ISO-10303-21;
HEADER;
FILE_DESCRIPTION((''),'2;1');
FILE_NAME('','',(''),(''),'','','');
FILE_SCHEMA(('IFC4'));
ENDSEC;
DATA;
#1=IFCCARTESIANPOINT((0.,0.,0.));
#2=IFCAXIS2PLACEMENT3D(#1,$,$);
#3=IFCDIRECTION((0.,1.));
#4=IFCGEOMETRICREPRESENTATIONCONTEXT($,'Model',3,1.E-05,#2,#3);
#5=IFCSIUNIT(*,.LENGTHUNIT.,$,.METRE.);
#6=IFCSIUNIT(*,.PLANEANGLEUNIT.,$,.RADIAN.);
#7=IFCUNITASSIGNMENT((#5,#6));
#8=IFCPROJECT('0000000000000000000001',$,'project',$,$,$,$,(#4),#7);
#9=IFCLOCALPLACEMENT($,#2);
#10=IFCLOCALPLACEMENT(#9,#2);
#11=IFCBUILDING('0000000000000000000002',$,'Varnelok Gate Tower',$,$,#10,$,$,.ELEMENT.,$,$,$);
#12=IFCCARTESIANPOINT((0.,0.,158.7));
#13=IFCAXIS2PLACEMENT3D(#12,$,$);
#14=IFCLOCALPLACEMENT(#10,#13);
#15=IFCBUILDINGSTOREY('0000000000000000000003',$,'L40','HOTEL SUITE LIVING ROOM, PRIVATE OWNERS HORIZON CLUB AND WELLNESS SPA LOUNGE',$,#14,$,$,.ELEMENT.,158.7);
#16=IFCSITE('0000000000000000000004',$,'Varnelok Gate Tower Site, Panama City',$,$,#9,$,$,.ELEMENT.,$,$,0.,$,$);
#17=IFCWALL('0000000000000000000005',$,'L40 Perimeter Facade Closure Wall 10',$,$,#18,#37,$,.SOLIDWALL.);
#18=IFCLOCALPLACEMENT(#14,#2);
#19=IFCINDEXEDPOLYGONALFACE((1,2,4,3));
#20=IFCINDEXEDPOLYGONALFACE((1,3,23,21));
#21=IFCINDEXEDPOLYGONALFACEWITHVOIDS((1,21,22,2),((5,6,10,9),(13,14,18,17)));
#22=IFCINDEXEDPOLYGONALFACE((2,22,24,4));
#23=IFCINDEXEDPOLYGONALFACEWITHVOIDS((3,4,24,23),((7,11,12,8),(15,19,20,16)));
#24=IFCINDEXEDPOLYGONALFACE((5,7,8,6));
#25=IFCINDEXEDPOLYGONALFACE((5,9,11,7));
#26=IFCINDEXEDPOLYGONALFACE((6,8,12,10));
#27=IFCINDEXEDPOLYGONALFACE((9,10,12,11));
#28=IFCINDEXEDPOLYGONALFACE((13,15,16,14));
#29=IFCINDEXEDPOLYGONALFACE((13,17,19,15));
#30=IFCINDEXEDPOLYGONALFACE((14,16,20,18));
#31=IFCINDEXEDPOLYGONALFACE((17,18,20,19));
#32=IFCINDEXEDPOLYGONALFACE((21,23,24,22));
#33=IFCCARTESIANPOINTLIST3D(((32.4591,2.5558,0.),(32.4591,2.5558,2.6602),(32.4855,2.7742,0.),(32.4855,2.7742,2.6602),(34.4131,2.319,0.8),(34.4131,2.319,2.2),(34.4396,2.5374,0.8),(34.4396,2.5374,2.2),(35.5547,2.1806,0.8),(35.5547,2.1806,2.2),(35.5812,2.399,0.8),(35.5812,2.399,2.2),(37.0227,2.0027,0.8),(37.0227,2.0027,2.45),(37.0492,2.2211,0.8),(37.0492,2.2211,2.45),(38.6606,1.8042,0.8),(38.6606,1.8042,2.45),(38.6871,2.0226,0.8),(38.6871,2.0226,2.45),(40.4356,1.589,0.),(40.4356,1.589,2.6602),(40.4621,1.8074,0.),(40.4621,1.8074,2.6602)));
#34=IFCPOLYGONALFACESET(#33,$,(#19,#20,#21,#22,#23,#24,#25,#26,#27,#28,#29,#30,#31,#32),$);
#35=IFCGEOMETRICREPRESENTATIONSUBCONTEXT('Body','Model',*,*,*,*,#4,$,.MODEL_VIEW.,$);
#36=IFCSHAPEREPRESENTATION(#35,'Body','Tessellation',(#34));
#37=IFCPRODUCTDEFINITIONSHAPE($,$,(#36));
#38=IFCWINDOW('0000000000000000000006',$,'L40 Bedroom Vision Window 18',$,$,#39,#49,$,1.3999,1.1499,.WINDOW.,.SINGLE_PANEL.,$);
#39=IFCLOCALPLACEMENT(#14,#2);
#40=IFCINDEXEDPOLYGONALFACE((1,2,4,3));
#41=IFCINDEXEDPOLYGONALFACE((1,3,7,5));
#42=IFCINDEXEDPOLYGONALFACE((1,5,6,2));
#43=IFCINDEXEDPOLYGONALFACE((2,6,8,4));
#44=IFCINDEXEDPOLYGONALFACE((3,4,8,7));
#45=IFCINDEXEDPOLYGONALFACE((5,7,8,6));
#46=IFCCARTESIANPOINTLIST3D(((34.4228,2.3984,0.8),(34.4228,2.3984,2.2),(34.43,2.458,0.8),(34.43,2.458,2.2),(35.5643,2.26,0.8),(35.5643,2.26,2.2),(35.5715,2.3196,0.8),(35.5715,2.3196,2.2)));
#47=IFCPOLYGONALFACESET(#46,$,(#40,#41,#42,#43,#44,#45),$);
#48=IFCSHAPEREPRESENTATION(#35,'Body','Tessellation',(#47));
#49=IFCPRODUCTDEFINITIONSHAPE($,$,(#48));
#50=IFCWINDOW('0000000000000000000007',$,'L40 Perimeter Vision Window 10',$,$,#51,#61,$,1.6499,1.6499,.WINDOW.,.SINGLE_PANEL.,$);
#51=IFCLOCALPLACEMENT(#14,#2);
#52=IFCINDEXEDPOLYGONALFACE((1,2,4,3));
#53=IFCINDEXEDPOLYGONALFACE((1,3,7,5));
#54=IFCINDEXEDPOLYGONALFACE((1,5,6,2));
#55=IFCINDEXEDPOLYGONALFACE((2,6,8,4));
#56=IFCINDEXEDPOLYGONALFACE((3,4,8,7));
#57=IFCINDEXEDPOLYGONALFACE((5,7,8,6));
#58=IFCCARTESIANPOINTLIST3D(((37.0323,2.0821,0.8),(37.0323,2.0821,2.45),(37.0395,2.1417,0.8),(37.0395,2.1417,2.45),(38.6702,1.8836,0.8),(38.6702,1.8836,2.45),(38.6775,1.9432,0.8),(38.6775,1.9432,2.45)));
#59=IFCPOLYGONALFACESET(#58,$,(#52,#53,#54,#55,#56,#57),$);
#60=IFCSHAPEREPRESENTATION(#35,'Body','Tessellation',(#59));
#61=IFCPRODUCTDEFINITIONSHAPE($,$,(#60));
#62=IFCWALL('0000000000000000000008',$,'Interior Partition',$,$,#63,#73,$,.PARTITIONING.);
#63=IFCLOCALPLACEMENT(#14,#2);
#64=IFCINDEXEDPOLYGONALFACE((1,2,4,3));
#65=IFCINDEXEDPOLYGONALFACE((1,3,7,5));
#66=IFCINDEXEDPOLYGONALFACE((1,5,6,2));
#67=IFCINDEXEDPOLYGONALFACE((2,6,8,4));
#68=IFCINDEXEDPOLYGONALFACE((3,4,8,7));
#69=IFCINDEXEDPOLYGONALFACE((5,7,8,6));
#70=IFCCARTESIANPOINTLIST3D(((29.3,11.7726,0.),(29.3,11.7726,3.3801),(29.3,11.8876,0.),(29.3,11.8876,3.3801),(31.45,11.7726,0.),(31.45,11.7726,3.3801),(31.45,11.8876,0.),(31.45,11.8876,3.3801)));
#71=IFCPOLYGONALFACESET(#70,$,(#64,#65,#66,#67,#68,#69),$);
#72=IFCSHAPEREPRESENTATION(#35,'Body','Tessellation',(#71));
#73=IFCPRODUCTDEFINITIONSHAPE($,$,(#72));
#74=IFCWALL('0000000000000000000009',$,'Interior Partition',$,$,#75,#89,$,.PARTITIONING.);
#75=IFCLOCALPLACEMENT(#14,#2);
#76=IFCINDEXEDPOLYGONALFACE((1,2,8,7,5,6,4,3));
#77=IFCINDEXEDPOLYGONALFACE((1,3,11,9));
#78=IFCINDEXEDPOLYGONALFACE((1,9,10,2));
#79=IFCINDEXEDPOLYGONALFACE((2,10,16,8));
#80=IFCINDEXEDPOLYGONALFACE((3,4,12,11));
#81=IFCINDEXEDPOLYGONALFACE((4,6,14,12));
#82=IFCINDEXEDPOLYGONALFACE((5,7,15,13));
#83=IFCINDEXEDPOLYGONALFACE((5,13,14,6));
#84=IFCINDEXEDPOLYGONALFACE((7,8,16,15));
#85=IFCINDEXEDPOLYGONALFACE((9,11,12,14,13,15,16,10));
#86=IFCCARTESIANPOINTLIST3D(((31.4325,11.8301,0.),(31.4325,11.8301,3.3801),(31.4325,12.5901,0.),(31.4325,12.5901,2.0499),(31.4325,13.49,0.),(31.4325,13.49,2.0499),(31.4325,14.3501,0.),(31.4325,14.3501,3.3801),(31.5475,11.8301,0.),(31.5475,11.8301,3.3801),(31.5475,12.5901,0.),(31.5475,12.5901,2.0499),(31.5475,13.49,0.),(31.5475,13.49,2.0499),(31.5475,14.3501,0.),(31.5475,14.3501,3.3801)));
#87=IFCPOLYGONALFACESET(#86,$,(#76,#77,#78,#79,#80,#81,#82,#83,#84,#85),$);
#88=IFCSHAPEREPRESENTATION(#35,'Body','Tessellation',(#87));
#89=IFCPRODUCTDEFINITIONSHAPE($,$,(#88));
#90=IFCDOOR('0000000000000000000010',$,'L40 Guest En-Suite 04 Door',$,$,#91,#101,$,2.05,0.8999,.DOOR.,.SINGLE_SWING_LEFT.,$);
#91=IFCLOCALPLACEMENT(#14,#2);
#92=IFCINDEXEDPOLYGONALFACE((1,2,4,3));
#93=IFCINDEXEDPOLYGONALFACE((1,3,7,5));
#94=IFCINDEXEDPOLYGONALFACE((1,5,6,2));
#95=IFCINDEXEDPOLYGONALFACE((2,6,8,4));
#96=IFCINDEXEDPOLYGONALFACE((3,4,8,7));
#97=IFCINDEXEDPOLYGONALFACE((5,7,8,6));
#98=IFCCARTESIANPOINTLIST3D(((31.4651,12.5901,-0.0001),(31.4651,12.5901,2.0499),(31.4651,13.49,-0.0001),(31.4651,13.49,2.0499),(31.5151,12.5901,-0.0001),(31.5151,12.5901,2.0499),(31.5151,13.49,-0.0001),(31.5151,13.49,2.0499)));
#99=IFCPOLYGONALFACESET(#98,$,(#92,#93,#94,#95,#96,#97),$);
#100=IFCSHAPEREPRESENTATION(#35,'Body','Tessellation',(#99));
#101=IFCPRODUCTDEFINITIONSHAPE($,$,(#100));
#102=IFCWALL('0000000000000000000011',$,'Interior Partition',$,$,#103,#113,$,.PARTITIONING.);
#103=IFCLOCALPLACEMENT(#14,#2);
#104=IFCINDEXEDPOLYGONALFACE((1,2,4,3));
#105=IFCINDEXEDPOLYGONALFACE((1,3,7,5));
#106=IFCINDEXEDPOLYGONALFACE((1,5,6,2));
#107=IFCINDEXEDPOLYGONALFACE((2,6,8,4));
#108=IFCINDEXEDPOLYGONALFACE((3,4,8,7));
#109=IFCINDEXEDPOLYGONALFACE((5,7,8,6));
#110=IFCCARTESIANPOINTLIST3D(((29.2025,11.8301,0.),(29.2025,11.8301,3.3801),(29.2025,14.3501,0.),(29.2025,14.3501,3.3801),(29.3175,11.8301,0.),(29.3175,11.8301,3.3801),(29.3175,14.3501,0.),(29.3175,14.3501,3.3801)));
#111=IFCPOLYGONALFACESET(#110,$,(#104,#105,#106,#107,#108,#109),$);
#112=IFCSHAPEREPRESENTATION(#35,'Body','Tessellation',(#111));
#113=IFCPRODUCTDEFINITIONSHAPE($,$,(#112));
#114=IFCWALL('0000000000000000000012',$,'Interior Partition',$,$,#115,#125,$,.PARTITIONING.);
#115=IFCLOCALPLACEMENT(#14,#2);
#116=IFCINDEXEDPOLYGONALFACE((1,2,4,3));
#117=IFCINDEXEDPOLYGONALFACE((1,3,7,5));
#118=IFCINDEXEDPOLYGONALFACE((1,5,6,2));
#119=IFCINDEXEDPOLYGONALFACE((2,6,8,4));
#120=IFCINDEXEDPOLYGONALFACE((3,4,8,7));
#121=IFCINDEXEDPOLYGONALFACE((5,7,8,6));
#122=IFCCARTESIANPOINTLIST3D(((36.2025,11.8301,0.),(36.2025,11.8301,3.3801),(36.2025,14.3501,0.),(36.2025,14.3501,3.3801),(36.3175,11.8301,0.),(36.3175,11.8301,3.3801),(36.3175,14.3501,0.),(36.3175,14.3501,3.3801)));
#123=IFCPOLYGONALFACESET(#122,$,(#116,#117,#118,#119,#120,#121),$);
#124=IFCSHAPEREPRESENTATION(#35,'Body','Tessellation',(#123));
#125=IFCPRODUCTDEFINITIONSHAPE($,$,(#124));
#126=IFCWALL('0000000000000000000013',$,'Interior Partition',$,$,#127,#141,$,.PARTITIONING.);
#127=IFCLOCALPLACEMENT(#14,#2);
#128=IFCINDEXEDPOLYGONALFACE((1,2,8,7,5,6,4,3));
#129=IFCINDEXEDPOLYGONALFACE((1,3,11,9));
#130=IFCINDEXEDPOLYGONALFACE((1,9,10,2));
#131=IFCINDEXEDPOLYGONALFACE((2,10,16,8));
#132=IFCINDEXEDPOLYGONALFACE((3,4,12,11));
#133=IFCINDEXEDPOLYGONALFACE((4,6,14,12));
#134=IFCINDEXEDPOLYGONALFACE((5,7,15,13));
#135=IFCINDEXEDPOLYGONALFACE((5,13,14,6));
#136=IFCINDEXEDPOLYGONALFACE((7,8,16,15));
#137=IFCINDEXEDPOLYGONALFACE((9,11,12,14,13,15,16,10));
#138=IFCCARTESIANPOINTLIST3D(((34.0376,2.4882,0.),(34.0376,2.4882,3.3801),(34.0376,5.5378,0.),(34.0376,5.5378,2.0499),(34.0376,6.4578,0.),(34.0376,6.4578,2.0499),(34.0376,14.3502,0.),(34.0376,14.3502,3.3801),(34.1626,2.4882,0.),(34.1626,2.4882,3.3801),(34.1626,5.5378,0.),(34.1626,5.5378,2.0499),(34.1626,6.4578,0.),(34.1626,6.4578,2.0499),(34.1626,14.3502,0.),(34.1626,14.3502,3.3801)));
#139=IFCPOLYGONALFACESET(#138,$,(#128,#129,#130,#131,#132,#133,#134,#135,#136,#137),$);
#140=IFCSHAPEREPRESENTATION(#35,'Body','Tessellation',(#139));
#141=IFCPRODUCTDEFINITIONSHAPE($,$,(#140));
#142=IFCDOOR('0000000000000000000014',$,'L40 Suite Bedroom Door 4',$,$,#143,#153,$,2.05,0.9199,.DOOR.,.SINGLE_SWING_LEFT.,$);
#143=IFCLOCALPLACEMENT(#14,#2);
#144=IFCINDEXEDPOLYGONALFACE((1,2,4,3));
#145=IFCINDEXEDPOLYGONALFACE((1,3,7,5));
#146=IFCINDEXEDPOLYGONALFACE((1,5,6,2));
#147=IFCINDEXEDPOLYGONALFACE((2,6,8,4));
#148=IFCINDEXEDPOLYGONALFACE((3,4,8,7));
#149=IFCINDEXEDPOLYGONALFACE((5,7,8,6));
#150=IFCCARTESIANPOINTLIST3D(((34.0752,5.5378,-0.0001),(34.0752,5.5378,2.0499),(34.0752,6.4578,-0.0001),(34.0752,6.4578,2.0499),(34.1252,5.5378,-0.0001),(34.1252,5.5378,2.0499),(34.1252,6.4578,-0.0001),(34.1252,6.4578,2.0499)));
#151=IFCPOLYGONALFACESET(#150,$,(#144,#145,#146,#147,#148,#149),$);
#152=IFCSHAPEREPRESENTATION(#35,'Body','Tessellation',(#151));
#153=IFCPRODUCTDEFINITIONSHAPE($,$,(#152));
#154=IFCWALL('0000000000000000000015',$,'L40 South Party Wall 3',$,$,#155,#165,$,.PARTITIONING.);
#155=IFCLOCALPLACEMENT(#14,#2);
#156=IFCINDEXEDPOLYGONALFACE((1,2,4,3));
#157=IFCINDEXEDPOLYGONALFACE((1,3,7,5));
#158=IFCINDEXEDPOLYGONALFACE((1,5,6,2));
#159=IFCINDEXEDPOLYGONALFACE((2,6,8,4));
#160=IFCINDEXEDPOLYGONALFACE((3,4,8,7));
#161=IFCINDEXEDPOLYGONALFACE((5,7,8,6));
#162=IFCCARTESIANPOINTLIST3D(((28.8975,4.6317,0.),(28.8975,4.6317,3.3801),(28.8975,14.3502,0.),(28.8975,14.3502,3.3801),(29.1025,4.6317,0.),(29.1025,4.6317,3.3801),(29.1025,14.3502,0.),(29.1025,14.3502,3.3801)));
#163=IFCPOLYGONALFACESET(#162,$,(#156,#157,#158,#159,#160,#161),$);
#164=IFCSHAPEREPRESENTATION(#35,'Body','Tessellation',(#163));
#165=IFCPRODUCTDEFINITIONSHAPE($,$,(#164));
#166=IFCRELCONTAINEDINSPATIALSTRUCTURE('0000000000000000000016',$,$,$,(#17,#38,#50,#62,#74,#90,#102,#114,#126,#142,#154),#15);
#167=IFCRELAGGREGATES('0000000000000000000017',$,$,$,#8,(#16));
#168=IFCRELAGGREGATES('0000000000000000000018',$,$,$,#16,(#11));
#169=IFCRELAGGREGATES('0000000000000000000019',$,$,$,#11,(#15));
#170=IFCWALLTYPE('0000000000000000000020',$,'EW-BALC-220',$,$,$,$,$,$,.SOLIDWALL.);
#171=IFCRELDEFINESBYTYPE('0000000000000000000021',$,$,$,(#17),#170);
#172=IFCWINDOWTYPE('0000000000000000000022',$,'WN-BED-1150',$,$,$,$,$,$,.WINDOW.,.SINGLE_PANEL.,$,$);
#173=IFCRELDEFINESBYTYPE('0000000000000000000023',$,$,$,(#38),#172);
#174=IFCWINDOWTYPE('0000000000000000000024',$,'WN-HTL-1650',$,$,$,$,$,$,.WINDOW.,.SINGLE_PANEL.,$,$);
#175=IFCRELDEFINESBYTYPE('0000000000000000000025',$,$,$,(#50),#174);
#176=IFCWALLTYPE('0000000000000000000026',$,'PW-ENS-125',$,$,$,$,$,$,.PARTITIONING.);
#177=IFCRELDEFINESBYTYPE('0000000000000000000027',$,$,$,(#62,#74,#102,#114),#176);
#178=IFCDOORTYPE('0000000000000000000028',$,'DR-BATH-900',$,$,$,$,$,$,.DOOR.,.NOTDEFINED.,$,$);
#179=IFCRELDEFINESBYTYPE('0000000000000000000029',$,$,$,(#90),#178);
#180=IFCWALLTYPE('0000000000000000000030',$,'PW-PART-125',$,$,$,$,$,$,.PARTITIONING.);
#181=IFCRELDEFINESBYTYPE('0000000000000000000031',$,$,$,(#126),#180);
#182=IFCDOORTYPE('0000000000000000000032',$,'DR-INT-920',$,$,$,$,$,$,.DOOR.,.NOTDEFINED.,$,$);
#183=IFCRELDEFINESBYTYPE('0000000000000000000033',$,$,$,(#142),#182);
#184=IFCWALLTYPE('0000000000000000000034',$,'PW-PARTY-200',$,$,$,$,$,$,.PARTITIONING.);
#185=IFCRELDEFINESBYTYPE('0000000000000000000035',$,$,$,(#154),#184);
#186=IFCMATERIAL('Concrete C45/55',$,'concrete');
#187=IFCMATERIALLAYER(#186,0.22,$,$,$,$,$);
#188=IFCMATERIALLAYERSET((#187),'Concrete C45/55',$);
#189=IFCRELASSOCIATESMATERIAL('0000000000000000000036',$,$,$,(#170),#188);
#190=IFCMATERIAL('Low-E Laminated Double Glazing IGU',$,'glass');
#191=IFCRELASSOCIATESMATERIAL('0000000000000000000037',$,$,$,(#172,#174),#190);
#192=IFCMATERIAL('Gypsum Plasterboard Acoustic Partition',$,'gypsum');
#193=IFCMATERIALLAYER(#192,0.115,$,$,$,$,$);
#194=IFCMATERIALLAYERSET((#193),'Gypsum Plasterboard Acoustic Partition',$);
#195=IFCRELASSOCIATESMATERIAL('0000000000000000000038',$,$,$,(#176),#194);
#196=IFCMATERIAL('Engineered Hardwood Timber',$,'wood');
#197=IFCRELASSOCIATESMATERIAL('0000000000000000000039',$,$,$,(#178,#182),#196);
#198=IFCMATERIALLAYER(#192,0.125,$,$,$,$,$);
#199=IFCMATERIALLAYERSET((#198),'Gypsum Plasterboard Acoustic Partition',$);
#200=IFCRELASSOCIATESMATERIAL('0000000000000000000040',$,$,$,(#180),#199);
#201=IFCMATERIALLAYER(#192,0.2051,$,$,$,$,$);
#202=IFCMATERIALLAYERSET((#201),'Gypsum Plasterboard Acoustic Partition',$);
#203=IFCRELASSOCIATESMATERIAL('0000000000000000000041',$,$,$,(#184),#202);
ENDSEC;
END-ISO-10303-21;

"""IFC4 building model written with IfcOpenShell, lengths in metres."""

from ifc_helpers import new_model, si_unit, direction, frame, frame_2d, origin, place, context, subcontext, project, spatial, rectangle, extrude, material, layer, layer_set, type_object, element, fill, save


model = new_model("IFC4")

# Units and contexts
model_context = context("Model", 3, precision=1e-05, world=origin(), true_north=direction((0.0, 1.0)))
body_context = subcontext(model_context, "Body", "Model", "MODEL_VIEW")
ifc_project = project(units=[si_unit("LENGTHUNIT", "METRE"), si_unit("PLANEANGLEUNIT", "RADIAN")], contexts=[model_context])

# Site, building, storey
site_placement = place(None, origin())
site = spatial("IfcSite", under=ifc_project, at=site_placement, Name="Varnelok Gate Tower Site, Panama City", CompositionType="ELEMENT", RefElevation=0.0)
building_placement = place(site_placement, origin())
building = spatial("IfcBuilding", under=site, at=building_placement, Name="Varnelok Gate Tower", CompositionType="ELEMENT")
storey_placement = place(building_placement, frame((0.0, 0.0, 158.7)))
storey = spatial("IfcBuildingStorey", under=building, at=storey_placement, Name="L40", Description="HOTEL SUITE LIVING ROOM, PRIVATE OWNERS HORIZON CLUB AND WELLNESS SPA LOUNGE", CompositionType="ELEMENT", Elevation=158.7)

# Shared definitions
ifc_material_1 = material(Name="Concrete C45/55", Category="concrete")
ifc_layer_1 = layer(ifc_material_1, 0.22)
ifc_layer_set_1 = layer_set([ifc_layer_1], Name="Concrete C45/55")
wall_type_1 = type_object("IfcWallType", Name="EW-BALC-220", PredefinedType="SOLIDWALL", material=ifc_layer_set_1)

# Wall, openings, windows
wall_1_placement = place(storey_placement, frame((32.4722, 2.665, 0.0), z_axis=(0.0, 0.0, 1.0), x_axis=(0.992735, -0.120324, 0.0)))
wall_1 = element("IfcWall", 1, at=wall_1_placement, inside=storey, type_object=wall_type_1, Name="L40 Perimeter Facade Closure Wall 10", PredefinedType="SOLIDWALL", context=body_context, shape_type="SweptSolid", body=[
    extrude(rectangle(XDim=8.0349, YDim=0.22, at=frame_2d((4.0176, 0.0))), origin(), (0.0, 0.0, 1.0), 2.6602),
])
opening_1_placement = place(wall_1_placement, frame((4.5972, 0.0, 0.8)))
opening_1 = element("IfcOpeningElement", 2, at=opening_1_placement, cuts=wall_1, PredefinedType="OPENING", context=body_context, shape_type="SweptSolid", body=[
    extrude(rectangle(XDim=1.6499, YDim=1.6499, at=frame_2d((0.825, 0.825))), frame((0.0, 0.1199, 0.0), z_axis=(0.0, -1.0, 0.0), x_axis=(1.0, 0.0, 0.0)), (0.0, 0.0, 1.0), 0.24),
])
opening_2_placement = place(wall_1_placement, frame((1.9685, 0.0, 0.8)))
opening_2 = element("IfcOpeningElement", 3, at=opening_2_placement, cuts=wall_1, PredefinedType="OPENING", context=body_context, shape_type="SweptSolid", body=[
    extrude(rectangle(XDim=1.1499, YDim=1.3999, at=frame_2d((0.575, 0.7))), frame((0.0, 0.1199, 0.0), z_axis=(0.0, -1.0, 0.0), x_axis=(1.0, 0.0, 0.0)), (0.0, 0.0, 1.0), 0.24),
])
ifc_material_2 = material(Name="Low-E Laminated Double Glazing IGU", Category="glass")
window_type_1 = type_object("IfcWindowType", Name="WN-BED-1150", PartitioningType="SINGLE_PANEL", PredefinedType="WINDOW", material=ifc_material_2)
window_1_placement = place(opening_2_placement, origin())
window_1 = element("IfcWindow", 4, at=window_1_placement, inside=storey, type_object=window_type_1, Name="L40 Bedroom Vision Window 18", OverallHeight=1.3999, OverallWidth=1.1499, PartitioningType="SINGLE_PANEL", PredefinedType="WINDOW", context=body_context, shape_type="SweptSolid", body=[
    extrude(rectangle(XDim=1.1499, YDim=1.3999, at=frame_2d((0.575, 0.7))), frame((0.0, 0.03, 0.0), z_axis=(0.0, -1.0, 0.0), x_axis=(1.0, 0.0, 0.0)), (0.0, 0.0, 1.0), 0.0601),
])
fill(opening_2, window_1)
window_type_2 = type_object("IfcWindowType", Name="WN-HTL-1650", PartitioningType="SINGLE_PANEL", PredefinedType="WINDOW", material=ifc_material_2)
window_2_placement = place(opening_1_placement, origin())
window_2 = element("IfcWindow", 5, at=window_2_placement, inside=storey, type_object=window_type_2, Name="L40 Perimeter Vision Window 10", OverallHeight=1.6499, OverallWidth=1.6499, PartitioningType="SINGLE_PANEL", PredefinedType="WINDOW", context=body_context, shape_type="SweptSolid", body=[
    extrude(rectangle(XDim=1.6499, YDim=1.6499, at=frame_2d((0.825, 0.825))), frame((0.0, 0.03, 0.0), z_axis=(0.0, -1.0, 0.0), x_axis=(1.0, 0.0, 0.0)), (0.0, 0.0, 1.0), 0.0601),
])
fill(opening_1, window_2)

# Wall
ifc_material_3 = material(Name="Gypsum Plasterboard Acoustic Partition", Category="gypsum")
ifc_layer_2 = layer(ifc_material_3, 0.115)
ifc_layer_set_2 = layer_set([ifc_layer_2], Name="Gypsum Plasterboard Acoustic Partition")
wall_type_2 = type_object("IfcWallType", Name="PW-ENS-125", PredefinedType="PARTITIONING", material=ifc_layer_set_2)
wall_2_placement = place(storey_placement, frame((29.3, 11.8301, 0.0), z_axis=(0.0, 0.0, 1.0), x_axis=(1.0, 0.0, 0.0)))
element("IfcWall", 6, at=wall_2_placement, inside=storey, type_object=wall_type_2, Name="Interior Partition", PredefinedType="PARTITIONING", context=body_context, shape_type="SweptSolid", body=[
    extrude(rectangle(XDim=2.1499, YDim=0.115, at=frame_2d((1.075, 0.0))), origin(), (0.0, 0.0, 1.0), 3.3801),
])

# Wall, opening, door
wall_3_placement = place(storey_placement, frame((31.49, 11.8301, 0.0), z_axis=(0.0, 0.0, 1.0), x_axis=(0.0, 1.0, 0.0)))
wall_3 = element("IfcWall", 7, at=wall_3_placement, inside=storey, type_object=wall_type_2, Name="Interior Partition", PredefinedType="PARTITIONING", context=body_context, shape_type="SweptSolid", body=[
    extrude(rectangle(XDim=2.52, YDim=0.115, at=frame_2d((1.26, 0.0))), origin(), (0.0, 0.0, 1.0), 3.3801),
])
opening_3_placement = place(wall_3_placement, frame((0.76, 0.0, 0.0)))
opening_3 = element("IfcOpeningElement", 8, at=opening_3_placement, cuts=wall_3, PredefinedType="OPENING", context=body_context, shape_type="SweptSolid", body=[
    extrude(rectangle(XDim=0.8999, YDim=2.05, at=frame_2d((0.45, 1.0249))), frame((0.0, 0.0674, 0.0), z_axis=(0.0, -1.0, 0.0), x_axis=(1.0, 0.0, 0.0)), (0.0, 0.0, 1.0), 0.135),
])
ifc_material_4 = material(Name="Engineered Hardwood Timber", Category="wood")
door_type_1 = type_object("IfcDoorType", Name="DR-BATH-900", OperationType="NOTDEFINED", PredefinedType="DOOR", material=ifc_material_4)
door_1_placement = place(opening_3_placement, origin())
door_1 = element("IfcDoor", 9, at=door_1_placement, inside=storey, type_object=door_type_1, Name="L40 Guest En-Suite 04 Door", OperationType="SINGLE_SWING_LEFT", OverallHeight=2.05, OverallWidth=0.8999, PredefinedType="DOOR", context=body_context, shape_type="SweptSolid", body=[
    extrude(rectangle(XDim=0.8999, YDim=2.05, at=frame_2d((0.45, 1.0249))), frame((0.0, 0.0249, 0.0), z_axis=(0.0, -1.0, 0.0), x_axis=(1.0, 0.0, 0.0)), (0.0, 0.0, 1.0), 0.05),
])
fill(opening_3, door_1)

# Walls
for number, where, z_axis, x_axis, name in (
    (10, (29.26, 11.8301, 0.0), (0.0, 0.0, 1.0), (0.0, 1.0, 0.0), "Interior Partition"),
    (11, (36.26, 11.8301, 0.0), (0.0, 0.0, 1.0), (0.0, 1.0, 0.0), "Interior Partition"),
):
    element("IfcWall", number, at=place(storey_placement, frame(where, z_axis=z_axis, x_axis=x_axis)), inside=storey, type_object=wall_type_2, Name=name, PredefinedType="PARTITIONING", context=body_context, shape_type="SweptSolid", body=[
        extrude(rectangle(XDim=2.52, YDim=0.115, at=frame_2d((1.26, 0.0))), origin(), (0.0, 0.0, 1.0), 3.3801),
    ])

# Wall, opening, door
ifc_layer_3 = layer(ifc_material_3, 0.125)
ifc_layer_set_3 = layer_set([ifc_layer_3], Name="Gypsum Plasterboard Acoustic Partition")
wall_type_3 = type_object("IfcWallType", Name="PW-PART-125", PredefinedType="PARTITIONING", material=ifc_layer_set_3)
wall_4_placement = place(storey_placement, frame((34.1001, 2.488, 0.0), z_axis=(0.0, 0.0, 1.0), x_axis=(0.0, 1.0, 0.0)))
wall_4 = element("IfcWall", 12, at=wall_4_placement, inside=storey, type_object=wall_type_3, Name="Interior Partition", PredefinedType="PARTITIONING", context=body_context, shape_type="SweptSolid", body=[
    extrude(rectangle(XDim=11.8621, YDim=0.125, at=frame_2d((5.9312, 0.0))), origin(), (0.0, 0.0, 1.0), 3.3801),
])
opening_4_placement = place(wall_4_placement, frame((3.0498, 0.0, 0.0)))
opening_4 = element("IfcOpeningElement", 13, at=opening_4_placement, cuts=wall_4, PredefinedType="OPENING", context=body_context, shape_type="SweptSolid", body=[
    extrude(rectangle(XDim=0.9199, YDim=2.05, at=frame_2d((0.46, 1.0249))), frame((0.0, 0.0725, 0.0), z_axis=(0.0, -1.0, 0.0), x_axis=(1.0, 0.0, 0.0)), (0.0, 0.0, 1.0), 0.145),
])
door_type_2 = type_object("IfcDoorType", Name="DR-INT-920", OperationType="NOTDEFINED", PredefinedType="DOOR", material=ifc_material_4)
door_2_placement = place(opening_4_placement, origin())
door_2 = element("IfcDoor", 14, at=door_2_placement, inside=storey, type_object=door_type_2, Name="L40 Suite Bedroom Door 4", OperationType="SINGLE_SWING_LEFT", OverallHeight=2.05, OverallWidth=0.9199, PredefinedType="DOOR", context=body_context, shape_type="SweptSolid", body=[
    extrude(rectangle(XDim=0.9199, YDim=2.05, at=frame_2d((0.46, 1.0249))), frame((0.0, 0.0249, 0.0), z_axis=(0.0, -1.0, 0.0), x_axis=(1.0, 0.0, 0.0)), (0.0, 0.0, 1.0), 0.05),
])
fill(opening_4, door_2)

# Wall
ifc_layer_4 = layer(ifc_material_3, 0.2051)
ifc_layer_set_4 = layer_set([ifc_layer_4], Name="Gypsum Plasterboard Acoustic Partition")
wall_type_4 = type_object("IfcWallType", Name="PW-PARTY-200", PredefinedType="PARTITIONING", material=ifc_layer_set_4)
wall_5_placement = place(storey_placement, frame((29.0, 4.6316, 0.0), z_axis=(0.0, 0.0, 1.0), x_axis=(0.0, 1.0, 0.0)))
element("IfcWall", 15, at=wall_5_placement, inside=storey, type_object=wall_type_4, Name="L40 South Party Wall 3", PredefinedType="PARTITIONING", context=body_context, shape_type="SweptSolid", body=[
    extrude(rectangle(XDim=9.7185, YDim=0.2051, at=frame_2d((4.8594, 0.0))), origin(), (0.0, 0.0, 1.0), 3.3801),
])

save(model, "model.ifc")
